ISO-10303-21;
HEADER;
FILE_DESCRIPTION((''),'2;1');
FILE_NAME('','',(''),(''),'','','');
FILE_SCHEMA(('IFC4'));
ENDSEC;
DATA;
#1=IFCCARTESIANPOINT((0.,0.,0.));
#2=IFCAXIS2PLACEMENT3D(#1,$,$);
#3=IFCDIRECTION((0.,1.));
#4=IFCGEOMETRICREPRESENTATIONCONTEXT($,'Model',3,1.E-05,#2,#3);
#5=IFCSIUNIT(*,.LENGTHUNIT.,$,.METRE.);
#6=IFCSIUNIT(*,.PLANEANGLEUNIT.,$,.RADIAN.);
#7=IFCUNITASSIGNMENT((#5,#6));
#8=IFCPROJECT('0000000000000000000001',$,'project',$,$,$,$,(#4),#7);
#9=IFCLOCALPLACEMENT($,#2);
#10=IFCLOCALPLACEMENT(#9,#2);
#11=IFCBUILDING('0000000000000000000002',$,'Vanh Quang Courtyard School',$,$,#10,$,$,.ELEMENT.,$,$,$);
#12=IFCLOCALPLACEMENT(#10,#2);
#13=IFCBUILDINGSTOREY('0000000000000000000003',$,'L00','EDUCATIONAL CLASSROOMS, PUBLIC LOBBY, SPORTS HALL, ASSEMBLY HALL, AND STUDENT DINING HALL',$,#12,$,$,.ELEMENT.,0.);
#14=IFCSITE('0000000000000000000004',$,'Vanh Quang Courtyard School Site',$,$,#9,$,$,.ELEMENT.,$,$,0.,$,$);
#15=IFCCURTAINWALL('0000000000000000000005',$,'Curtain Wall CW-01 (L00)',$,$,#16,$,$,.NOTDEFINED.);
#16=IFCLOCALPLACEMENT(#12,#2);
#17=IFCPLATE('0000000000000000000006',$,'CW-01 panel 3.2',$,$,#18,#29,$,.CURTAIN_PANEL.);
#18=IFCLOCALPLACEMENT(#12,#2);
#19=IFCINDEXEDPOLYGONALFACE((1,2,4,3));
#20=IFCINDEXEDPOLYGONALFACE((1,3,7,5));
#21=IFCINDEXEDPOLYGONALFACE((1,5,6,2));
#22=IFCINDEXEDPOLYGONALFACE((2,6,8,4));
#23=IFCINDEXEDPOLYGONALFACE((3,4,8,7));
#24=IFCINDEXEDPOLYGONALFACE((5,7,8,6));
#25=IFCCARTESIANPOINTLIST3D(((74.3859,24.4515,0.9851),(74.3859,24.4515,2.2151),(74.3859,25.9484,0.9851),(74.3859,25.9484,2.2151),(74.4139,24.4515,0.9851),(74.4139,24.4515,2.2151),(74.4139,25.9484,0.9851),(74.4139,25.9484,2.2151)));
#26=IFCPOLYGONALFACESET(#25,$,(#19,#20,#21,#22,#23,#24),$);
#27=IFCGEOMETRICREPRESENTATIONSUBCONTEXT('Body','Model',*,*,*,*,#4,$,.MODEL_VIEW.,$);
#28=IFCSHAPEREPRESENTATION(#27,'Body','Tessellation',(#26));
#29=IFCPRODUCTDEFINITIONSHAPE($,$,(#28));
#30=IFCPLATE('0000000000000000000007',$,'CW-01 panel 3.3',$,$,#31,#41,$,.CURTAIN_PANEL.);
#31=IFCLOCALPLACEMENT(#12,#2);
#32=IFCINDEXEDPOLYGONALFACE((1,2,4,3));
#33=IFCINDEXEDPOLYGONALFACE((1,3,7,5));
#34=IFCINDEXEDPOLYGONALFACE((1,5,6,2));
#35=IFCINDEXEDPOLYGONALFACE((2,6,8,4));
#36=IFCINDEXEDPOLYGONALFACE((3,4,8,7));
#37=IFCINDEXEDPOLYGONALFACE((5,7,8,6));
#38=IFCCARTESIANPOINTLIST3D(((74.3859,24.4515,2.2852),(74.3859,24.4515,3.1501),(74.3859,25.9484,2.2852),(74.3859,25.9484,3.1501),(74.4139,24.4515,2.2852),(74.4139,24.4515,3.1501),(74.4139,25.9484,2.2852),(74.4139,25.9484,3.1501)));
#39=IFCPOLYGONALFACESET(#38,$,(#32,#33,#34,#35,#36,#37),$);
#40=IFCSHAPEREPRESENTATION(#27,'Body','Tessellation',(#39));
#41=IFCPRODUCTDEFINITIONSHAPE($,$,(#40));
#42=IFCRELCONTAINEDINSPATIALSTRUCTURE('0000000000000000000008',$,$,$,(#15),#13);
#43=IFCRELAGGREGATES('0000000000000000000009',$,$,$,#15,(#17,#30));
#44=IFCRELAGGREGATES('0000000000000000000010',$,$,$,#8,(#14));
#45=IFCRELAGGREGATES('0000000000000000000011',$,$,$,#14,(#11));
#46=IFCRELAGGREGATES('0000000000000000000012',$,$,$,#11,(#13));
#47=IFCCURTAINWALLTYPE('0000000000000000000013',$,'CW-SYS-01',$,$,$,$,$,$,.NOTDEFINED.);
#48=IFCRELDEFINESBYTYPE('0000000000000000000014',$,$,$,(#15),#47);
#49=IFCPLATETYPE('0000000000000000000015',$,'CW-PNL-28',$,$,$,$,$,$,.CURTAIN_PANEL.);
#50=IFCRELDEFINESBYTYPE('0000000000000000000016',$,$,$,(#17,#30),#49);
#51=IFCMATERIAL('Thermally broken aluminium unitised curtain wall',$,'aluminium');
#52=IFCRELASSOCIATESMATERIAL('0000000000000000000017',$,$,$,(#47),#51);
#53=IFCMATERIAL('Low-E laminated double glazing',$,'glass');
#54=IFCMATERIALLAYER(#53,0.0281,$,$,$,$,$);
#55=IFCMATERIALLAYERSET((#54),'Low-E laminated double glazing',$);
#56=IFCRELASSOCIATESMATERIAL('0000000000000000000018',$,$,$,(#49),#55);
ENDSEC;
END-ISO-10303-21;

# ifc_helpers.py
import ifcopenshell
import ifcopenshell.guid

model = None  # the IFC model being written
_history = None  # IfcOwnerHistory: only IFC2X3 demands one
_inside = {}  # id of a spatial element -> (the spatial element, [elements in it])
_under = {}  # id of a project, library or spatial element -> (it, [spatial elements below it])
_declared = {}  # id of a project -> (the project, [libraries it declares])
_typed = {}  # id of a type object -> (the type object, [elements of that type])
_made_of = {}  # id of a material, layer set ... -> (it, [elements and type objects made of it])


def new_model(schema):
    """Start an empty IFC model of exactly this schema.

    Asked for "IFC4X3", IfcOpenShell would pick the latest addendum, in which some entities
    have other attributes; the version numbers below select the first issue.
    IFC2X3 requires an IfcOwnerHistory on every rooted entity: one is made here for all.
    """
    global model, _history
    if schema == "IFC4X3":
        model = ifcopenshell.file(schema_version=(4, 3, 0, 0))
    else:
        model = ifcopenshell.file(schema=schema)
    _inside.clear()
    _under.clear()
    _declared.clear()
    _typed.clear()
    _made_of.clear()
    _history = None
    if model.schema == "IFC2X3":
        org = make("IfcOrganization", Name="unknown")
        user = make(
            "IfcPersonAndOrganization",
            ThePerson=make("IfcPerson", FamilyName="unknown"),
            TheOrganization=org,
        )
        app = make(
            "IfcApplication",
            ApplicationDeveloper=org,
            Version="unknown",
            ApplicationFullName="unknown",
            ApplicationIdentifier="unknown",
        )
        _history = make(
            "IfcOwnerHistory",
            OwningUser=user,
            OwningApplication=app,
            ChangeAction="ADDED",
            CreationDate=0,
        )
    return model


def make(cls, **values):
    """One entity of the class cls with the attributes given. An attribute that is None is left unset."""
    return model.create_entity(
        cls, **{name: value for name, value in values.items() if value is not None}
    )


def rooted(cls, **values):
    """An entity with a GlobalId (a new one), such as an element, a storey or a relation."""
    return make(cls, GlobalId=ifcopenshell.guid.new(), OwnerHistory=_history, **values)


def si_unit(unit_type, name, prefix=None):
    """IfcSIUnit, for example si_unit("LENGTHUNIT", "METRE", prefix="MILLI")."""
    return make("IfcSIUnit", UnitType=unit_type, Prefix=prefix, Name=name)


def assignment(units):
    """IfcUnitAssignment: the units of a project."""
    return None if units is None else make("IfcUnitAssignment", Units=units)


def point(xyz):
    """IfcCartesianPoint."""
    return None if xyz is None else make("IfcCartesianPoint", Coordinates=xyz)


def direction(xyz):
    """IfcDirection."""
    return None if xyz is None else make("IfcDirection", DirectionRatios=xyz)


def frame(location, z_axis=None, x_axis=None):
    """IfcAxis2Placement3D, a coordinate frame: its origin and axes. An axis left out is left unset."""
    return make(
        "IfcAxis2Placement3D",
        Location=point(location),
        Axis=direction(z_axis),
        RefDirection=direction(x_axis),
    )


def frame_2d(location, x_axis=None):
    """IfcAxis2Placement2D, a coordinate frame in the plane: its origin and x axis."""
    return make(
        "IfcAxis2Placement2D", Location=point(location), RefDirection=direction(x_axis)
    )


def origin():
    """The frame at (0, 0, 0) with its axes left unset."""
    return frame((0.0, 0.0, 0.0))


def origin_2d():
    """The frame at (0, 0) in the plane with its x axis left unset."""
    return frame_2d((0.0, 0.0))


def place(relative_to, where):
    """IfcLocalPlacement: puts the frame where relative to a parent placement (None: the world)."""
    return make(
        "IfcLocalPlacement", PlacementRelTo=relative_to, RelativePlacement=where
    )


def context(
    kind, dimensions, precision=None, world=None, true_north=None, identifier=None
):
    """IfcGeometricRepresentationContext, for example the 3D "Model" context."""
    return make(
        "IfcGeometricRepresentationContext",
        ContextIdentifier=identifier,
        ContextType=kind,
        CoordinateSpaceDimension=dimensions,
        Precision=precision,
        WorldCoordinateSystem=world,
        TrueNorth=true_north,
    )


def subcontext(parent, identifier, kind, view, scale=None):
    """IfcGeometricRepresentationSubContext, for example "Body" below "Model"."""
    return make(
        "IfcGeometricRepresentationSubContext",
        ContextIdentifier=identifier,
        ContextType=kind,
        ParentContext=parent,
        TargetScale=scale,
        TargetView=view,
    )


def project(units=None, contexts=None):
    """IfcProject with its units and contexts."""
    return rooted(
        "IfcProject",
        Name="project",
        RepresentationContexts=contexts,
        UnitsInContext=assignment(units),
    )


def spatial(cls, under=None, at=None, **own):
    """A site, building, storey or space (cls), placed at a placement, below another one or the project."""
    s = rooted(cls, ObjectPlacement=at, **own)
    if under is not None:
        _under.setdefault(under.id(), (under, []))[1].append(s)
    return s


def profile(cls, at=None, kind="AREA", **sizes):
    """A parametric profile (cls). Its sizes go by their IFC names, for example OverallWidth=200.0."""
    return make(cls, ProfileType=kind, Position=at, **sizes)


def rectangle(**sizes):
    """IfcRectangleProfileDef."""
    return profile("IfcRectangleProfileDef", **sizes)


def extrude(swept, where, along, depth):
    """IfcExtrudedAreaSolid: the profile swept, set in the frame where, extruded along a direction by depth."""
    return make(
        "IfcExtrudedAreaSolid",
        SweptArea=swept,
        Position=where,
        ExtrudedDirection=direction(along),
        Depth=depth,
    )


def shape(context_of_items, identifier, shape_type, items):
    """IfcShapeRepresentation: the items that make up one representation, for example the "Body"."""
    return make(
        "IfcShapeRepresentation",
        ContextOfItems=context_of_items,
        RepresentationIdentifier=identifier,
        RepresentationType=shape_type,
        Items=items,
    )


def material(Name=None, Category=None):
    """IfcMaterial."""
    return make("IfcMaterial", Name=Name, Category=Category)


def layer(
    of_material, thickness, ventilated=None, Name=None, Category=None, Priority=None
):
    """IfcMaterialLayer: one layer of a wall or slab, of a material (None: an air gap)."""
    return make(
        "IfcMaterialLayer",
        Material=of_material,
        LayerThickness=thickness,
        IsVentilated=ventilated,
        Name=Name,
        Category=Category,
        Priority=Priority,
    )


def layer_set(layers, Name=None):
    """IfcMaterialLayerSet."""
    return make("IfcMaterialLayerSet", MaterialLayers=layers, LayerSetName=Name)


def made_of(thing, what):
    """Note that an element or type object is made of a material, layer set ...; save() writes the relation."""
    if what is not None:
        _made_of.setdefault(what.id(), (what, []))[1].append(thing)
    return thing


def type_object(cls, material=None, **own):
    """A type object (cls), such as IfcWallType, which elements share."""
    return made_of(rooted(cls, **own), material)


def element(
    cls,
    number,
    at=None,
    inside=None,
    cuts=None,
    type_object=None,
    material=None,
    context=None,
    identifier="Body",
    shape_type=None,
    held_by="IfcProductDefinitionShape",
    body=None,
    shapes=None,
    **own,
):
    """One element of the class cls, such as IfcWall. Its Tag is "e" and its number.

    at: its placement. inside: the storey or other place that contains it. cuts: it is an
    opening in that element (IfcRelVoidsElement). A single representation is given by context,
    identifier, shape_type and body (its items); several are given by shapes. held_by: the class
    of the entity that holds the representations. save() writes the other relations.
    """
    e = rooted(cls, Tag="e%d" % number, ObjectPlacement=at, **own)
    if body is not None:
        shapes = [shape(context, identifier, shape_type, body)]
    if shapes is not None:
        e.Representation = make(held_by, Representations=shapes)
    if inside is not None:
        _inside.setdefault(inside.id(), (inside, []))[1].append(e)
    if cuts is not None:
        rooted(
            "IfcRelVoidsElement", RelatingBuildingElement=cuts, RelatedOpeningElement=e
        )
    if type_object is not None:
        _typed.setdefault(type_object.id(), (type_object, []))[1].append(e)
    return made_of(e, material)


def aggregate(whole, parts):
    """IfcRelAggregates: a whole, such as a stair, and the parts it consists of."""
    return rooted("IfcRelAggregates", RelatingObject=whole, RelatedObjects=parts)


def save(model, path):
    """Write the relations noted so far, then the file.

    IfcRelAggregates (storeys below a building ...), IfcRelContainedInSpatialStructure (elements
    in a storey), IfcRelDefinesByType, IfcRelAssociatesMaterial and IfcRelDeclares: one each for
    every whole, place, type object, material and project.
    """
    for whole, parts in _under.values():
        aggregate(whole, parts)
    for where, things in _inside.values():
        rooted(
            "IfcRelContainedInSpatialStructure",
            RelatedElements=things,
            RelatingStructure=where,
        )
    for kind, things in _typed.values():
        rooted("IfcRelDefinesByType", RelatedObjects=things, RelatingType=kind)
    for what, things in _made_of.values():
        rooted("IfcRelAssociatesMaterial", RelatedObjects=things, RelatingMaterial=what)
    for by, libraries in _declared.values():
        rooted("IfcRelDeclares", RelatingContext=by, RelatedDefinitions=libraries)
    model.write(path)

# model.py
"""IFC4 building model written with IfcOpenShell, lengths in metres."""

from ifc_helpers import new_model, si_unit, direction, frame, origin, origin_2d, place, context, subcontext, project, spatial, rectangle, extrude, material, layer, layer_set, type_object, element, aggregate, save


model = new_model("IFC4")

# Units and contexts
model_context = context("Model", 3, precision=1e-05, world=origin(), true_north=direction((0.0, 1.0)))
body_context = subcontext(model_context, "Body", "Model", "MODEL_VIEW")
ifc_project = project(units=[si_unit("LENGTHUNIT", "METRE"), si_unit("PLANEANGLEUNIT", "RADIAN")], contexts=[model_context])

# Site, building, storey
site_placement = place(None, origin())
site = spatial("IfcSite", under=ifc_project, at=site_placement, Name="Vanh Quang Courtyard School Site", CompositionType="ELEMENT", RefElevation=0.0)
building_placement = place(site_placement, origin())
building = spatial("IfcBuilding", under=site, at=building_placement, Name="Vanh Quang Courtyard School", CompositionType="ELEMENT")
storey_placement = place(building_placement, origin())
storey = spatial("IfcBuildingStorey", under=building, at=storey_placement, Name="L00", Description="EDUCATIONAL CLASSROOMS, PUBLIC LOBBY, SPORTS HALL, ASSEMBLY HALL, AND STUDENT DINING HALL", CompositionType="ELEMENT", Elevation=0.0)

# Curtain wall, plates
ifc_material_1 = material(Name="Thermally broken aluminium unitised curtain wall", Category="aluminium")
curtain_wall_type = type_object("IfcCurtainWallType", Name="CW-SYS-01", PredefinedType="NOTDEFINED", material=ifc_material_1)
curtain_wall_placement = place(storey_placement, origin())
curtain_wall = element("IfcCurtainWall", 1, at=curtain_wall_placement, inside=storey, type_object=curtain_wall_type, Name="Curtain Wall CW-01 (L00)", PredefinedType="NOTDEFINED")
ifc_material_2 = material(Name="Low-E laminated double glazing", Category="glass")
ifc_layer = layer(ifc_material_2, 0.0281)
ifc_layer_set = layer_set([ifc_layer], Name="Low-E laminated double glazing")
plate_type = type_object("IfcPlateType", Name="CW-PNL-28", PredefinedType="CURTAIN_PANEL", material=ifc_layer_set)
plate_1_placement = place(storey_placement, frame((74.3999, 25.2, 0.9851), z_axis=(0.0, 0.0, 1.0), x_axis=(0.0, 1.0, 0.0)))
plate_1 = element("IfcPlate", 2, at=plate_1_placement, type_object=plate_type, Name="CW-01 panel 3.2", PredefinedType="CURTAIN_PANEL", context=body_context, shape_type="SweptSolid", body=[
    extrude(rectangle(XDim=1.4968, YDim=0.0281, at=origin_2d()), origin(), (0.0, 0.0, 1.0), 1.23),
])
plate_2_placement = place(storey_placement, frame((74.3999, 25.2, 2.2852), z_axis=(0.0, 0.0, 1.0), x_axis=(0.0, 1.0, 0.0)))
plate_2 = element("IfcPlate", 3, at=plate_2_placement, type_object=plate_type, Name="CW-01 panel 3.3", PredefinedType="CURTAIN_PANEL", context=body_context, shape_type="SweptSolid", body=[
    extrude(rectangle(XDim=1.4968, YDim=0.0281, at=origin_2d()), origin(), (0.0, 0.0, 1.0), 0.865),
])
aggregate(curtain_wall, [plate_1, plate_2])

save(model, "model.ifc")
